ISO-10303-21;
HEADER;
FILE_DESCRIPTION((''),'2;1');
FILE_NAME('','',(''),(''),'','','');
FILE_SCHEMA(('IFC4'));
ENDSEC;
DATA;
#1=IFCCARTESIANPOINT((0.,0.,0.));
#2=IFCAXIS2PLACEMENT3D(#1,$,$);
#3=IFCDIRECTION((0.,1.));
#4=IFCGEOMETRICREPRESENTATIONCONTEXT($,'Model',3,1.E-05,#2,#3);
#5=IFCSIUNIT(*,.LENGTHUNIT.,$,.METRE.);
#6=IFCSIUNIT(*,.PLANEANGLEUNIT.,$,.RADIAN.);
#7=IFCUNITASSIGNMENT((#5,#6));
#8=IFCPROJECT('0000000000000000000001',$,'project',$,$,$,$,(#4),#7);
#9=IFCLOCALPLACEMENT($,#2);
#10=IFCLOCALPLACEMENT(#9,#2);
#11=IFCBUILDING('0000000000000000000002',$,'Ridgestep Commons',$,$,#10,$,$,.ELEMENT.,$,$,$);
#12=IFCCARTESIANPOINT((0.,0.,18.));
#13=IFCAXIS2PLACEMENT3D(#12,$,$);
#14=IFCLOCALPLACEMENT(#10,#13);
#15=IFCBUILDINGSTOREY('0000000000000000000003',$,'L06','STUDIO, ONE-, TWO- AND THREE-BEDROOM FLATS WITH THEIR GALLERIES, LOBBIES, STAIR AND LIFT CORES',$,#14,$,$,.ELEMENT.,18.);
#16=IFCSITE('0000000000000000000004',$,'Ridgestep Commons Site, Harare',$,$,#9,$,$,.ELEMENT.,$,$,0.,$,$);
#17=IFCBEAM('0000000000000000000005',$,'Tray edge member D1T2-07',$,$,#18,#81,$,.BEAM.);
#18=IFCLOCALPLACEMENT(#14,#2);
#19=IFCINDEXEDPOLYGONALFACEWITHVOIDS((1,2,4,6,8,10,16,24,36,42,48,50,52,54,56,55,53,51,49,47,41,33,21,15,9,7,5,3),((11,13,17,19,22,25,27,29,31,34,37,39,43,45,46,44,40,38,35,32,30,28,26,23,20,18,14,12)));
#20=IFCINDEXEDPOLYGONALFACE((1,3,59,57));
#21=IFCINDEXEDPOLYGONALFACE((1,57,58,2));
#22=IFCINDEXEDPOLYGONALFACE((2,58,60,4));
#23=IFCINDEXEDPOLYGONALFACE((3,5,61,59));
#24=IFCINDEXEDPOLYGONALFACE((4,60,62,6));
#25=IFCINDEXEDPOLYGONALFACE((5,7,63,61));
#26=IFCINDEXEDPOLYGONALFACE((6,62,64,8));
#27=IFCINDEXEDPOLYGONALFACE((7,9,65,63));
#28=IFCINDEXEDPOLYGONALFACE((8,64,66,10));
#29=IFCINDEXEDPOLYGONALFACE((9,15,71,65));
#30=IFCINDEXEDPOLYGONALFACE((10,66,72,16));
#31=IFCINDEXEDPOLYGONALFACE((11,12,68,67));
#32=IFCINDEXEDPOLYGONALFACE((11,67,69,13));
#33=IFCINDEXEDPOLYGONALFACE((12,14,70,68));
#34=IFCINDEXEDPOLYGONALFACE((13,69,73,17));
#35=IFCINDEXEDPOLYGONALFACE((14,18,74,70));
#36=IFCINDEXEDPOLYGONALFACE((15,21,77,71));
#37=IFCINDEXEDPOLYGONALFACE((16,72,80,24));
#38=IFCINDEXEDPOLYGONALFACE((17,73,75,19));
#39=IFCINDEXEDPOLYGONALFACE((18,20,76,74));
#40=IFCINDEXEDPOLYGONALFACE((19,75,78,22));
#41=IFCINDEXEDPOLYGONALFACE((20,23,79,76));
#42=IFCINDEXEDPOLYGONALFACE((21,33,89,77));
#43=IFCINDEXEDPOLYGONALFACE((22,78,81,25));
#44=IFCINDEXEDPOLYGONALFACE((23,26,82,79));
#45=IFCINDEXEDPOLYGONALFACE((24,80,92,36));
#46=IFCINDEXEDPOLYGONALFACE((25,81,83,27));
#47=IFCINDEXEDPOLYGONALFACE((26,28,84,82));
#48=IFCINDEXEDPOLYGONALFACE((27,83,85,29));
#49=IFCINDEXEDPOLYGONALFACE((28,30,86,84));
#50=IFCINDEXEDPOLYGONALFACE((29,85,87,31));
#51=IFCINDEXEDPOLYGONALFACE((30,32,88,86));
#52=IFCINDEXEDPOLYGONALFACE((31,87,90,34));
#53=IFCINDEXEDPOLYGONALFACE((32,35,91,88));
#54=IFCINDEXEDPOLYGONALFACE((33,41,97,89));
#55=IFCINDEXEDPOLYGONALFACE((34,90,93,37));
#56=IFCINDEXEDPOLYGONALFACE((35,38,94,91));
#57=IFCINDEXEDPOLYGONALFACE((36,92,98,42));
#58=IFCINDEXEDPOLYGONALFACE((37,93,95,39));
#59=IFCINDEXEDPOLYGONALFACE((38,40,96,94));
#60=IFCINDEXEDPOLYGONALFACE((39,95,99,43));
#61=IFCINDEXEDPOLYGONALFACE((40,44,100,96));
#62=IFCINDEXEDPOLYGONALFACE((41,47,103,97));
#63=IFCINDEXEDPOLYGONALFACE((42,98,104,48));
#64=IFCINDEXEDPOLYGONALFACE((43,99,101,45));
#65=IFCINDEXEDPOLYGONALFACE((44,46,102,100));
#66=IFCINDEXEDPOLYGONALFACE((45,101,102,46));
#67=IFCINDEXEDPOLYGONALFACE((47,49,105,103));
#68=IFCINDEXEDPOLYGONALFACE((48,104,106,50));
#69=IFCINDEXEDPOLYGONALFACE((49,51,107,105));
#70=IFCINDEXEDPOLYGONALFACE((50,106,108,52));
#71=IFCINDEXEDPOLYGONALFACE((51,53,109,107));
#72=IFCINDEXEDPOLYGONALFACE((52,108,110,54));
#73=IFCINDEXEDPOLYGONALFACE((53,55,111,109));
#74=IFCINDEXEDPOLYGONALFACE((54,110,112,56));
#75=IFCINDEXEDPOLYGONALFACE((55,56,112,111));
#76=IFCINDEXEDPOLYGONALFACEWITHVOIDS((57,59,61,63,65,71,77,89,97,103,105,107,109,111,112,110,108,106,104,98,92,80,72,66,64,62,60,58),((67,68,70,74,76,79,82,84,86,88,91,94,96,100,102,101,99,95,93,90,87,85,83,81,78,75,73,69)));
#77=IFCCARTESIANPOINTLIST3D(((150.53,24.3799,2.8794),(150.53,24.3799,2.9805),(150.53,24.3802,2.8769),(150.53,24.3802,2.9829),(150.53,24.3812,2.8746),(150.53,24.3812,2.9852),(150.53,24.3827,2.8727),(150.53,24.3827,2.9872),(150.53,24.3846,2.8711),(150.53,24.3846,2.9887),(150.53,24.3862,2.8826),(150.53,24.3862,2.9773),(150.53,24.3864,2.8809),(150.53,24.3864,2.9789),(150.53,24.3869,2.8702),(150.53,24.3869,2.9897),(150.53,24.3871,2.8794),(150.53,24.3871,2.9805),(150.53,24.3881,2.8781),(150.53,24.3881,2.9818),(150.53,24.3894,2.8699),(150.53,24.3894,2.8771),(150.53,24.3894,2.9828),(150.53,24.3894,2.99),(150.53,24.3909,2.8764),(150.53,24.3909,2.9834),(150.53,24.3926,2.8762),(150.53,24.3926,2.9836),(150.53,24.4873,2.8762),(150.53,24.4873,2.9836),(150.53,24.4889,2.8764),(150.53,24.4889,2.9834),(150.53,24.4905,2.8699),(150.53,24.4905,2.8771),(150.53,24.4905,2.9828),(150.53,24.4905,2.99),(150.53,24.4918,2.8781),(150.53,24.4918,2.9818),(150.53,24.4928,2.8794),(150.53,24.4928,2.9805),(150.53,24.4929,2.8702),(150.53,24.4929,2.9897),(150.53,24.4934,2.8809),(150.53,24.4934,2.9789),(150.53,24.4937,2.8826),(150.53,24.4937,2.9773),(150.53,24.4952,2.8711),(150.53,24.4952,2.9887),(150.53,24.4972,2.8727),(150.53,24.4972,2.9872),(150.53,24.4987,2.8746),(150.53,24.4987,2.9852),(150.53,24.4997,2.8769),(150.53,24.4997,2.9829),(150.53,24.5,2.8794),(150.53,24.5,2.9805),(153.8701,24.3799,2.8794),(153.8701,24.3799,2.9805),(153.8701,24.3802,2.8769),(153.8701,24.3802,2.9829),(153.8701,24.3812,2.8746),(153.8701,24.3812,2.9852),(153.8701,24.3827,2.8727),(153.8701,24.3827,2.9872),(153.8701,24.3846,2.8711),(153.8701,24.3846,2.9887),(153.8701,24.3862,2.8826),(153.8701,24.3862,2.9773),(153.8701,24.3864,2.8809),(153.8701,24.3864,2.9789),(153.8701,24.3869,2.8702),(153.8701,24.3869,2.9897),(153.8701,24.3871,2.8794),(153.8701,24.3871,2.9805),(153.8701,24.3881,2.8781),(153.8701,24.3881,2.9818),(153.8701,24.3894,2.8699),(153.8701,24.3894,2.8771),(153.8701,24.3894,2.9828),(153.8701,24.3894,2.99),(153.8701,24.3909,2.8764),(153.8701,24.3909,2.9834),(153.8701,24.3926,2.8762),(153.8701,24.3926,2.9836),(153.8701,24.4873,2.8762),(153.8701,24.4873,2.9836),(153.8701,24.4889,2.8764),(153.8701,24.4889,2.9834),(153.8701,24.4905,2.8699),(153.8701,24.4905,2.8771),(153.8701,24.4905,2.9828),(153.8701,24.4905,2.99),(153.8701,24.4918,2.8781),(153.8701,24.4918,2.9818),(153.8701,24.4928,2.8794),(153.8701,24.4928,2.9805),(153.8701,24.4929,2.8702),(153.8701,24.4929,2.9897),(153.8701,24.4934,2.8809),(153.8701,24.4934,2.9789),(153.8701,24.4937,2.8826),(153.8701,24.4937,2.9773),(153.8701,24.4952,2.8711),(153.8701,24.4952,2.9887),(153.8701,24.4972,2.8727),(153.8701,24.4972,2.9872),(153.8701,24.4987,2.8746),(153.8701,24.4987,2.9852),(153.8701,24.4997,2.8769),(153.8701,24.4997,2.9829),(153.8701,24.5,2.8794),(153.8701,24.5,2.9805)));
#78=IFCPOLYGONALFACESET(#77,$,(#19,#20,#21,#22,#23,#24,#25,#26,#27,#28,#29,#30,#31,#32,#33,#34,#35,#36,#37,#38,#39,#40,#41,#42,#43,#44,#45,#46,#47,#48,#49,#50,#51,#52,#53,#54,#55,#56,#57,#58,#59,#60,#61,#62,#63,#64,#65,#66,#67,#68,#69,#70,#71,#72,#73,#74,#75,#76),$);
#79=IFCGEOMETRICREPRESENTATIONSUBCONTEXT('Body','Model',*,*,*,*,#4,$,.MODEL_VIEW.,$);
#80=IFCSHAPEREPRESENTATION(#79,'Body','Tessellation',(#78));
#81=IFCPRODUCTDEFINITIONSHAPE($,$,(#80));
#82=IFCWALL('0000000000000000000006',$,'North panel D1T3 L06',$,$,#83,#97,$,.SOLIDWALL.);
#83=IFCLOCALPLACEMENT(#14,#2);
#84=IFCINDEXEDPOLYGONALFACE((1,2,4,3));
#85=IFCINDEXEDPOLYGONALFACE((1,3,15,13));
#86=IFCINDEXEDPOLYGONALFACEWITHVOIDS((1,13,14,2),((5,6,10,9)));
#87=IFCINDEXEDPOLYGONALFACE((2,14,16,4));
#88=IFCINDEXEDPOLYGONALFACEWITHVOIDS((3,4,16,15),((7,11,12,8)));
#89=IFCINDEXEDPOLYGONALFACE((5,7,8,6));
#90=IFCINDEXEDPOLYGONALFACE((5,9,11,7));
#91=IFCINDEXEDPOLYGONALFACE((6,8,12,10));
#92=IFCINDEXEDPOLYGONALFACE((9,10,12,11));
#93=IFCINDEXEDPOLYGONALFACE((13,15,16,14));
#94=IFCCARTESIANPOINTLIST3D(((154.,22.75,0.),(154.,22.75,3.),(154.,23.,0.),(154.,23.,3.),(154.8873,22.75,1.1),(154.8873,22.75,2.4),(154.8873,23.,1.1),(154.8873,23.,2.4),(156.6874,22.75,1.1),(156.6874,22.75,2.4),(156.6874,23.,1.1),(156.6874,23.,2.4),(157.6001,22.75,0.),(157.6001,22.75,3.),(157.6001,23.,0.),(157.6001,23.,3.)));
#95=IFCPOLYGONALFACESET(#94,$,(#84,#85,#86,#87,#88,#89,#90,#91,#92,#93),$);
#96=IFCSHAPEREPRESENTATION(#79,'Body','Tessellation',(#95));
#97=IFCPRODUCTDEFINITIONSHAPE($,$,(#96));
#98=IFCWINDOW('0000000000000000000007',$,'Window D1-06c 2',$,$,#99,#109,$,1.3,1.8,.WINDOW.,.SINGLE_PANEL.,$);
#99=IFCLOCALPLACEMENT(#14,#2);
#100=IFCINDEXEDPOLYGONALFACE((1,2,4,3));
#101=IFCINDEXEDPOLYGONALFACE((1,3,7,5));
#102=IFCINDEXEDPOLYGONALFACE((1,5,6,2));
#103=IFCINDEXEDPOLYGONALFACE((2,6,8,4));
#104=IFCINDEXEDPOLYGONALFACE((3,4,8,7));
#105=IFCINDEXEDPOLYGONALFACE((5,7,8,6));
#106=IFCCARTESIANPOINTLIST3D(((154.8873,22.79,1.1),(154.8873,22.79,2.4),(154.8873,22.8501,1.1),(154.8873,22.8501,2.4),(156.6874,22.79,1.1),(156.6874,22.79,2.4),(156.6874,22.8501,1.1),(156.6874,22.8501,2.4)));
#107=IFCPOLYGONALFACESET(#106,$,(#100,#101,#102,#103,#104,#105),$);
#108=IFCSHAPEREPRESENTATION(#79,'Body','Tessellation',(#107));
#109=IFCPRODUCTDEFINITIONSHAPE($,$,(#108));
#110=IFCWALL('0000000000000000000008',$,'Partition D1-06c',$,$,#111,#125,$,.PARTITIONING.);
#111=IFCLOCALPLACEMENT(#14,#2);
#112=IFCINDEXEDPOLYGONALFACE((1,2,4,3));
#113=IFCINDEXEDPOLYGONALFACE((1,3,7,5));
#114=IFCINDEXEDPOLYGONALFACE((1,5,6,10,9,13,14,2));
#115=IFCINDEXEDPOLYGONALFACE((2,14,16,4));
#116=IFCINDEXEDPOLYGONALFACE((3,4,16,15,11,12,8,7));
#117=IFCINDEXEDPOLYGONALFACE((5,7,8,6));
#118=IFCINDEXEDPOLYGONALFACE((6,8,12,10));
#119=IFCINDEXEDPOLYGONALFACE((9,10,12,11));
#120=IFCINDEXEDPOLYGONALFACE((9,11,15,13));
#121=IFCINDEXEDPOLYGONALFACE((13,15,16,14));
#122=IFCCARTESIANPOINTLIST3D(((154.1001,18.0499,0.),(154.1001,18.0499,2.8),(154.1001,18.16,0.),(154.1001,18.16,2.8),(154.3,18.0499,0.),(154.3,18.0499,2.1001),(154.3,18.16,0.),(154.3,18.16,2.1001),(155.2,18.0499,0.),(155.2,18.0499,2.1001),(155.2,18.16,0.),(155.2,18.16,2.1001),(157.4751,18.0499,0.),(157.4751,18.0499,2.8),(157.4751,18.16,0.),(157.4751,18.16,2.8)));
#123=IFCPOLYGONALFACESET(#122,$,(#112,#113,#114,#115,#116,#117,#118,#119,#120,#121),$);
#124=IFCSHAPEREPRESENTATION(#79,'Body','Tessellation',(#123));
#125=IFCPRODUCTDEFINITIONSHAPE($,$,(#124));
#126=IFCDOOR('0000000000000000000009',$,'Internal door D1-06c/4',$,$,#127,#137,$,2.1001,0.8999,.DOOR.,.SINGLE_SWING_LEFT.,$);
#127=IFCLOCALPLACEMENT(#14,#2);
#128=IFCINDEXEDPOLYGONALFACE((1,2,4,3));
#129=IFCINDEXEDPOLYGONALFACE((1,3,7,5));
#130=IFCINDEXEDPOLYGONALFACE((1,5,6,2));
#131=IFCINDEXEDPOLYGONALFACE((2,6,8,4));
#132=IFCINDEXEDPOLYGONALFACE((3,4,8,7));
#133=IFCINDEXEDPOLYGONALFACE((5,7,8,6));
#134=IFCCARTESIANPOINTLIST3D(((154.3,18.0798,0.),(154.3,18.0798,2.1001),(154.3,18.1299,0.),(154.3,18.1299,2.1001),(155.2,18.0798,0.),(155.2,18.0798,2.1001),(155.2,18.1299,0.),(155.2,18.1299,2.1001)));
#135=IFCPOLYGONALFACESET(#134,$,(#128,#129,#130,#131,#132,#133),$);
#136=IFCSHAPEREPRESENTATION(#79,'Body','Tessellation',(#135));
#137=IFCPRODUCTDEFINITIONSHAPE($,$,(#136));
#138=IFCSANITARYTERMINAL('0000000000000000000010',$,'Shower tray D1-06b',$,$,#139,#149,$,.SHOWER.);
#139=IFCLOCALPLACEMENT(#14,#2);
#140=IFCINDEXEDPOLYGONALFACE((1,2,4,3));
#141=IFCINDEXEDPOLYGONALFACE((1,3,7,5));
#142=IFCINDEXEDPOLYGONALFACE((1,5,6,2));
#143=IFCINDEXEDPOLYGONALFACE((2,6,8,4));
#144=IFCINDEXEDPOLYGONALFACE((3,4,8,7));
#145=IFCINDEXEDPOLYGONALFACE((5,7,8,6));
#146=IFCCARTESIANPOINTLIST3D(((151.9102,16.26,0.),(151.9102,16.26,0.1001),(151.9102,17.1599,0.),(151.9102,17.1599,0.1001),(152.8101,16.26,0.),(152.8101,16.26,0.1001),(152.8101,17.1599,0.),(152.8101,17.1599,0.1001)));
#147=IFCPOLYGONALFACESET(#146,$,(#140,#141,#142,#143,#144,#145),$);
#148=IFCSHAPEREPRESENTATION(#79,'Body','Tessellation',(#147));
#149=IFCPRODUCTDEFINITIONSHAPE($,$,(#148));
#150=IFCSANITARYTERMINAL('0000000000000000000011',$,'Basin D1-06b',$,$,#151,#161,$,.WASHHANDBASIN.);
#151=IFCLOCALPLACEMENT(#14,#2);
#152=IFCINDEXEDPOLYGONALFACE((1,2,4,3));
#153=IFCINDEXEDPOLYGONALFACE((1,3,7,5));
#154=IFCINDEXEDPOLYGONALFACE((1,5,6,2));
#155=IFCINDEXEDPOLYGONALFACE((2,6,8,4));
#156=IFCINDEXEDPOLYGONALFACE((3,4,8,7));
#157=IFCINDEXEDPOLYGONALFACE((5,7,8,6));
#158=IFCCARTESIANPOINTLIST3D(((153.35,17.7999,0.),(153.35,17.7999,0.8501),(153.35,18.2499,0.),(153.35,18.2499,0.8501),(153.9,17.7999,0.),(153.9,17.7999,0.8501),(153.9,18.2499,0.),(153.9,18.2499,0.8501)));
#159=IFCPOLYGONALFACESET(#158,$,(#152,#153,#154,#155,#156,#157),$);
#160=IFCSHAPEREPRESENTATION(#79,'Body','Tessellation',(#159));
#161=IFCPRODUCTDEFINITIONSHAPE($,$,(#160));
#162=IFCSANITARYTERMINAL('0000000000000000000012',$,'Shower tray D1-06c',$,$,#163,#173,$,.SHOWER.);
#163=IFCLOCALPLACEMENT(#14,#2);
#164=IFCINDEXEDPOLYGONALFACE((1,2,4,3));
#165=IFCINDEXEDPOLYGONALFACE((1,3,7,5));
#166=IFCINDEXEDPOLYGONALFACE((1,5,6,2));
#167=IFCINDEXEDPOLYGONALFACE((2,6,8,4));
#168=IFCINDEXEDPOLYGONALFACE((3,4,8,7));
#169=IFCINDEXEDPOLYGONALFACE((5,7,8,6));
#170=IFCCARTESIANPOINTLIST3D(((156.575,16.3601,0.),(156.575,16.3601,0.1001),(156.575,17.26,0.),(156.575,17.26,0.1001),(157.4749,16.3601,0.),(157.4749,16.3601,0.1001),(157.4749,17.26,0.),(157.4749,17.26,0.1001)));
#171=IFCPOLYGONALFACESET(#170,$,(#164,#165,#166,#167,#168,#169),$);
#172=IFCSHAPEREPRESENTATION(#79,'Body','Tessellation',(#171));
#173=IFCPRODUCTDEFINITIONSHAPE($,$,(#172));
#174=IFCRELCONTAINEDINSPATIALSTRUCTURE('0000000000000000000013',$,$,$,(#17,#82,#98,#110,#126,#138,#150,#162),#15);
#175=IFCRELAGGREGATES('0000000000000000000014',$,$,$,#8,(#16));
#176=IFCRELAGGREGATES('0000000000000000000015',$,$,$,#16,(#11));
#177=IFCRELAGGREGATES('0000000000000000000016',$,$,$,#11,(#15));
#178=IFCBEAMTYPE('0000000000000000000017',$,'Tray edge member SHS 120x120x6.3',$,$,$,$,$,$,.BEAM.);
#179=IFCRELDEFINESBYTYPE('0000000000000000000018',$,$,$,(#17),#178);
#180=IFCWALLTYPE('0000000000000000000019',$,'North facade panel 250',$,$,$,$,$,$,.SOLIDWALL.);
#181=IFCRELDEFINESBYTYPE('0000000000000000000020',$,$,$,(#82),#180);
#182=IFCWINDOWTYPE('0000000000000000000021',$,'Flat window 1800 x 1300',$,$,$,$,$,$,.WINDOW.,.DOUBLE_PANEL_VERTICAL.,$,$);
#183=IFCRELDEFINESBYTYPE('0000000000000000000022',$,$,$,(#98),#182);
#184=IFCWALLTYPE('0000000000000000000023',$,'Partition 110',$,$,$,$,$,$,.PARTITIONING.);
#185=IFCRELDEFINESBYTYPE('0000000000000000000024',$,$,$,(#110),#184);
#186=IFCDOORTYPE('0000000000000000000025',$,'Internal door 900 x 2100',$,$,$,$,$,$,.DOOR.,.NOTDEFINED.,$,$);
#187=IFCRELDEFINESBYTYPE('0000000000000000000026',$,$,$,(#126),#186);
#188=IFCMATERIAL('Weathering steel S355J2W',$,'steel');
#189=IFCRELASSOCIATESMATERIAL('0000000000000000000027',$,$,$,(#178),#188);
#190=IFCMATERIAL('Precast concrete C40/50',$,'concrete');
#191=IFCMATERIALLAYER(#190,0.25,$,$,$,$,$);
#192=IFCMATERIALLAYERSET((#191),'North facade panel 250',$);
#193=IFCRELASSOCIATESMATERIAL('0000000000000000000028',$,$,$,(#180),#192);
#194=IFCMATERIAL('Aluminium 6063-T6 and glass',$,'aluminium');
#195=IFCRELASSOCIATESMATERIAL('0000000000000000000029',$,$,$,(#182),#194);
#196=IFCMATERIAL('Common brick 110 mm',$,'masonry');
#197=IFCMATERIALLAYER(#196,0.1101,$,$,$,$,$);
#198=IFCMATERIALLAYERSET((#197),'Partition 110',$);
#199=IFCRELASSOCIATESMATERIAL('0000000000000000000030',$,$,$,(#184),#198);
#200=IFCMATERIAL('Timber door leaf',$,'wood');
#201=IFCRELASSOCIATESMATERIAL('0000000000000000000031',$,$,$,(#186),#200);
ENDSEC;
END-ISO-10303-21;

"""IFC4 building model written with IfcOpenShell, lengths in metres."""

from ifc_helpers import new_model, si_unit, direction, frame, frame_2d, origin, origin_2d, place, context, subcontext, project, spatial, rectangle, hollow_rectangle, extrude, material, layer, layer_set, material_profile, profile_set, type_object, element, fill, save


model = new_model("IFC4")

# Units and contexts
model_context = context("Model", 3, precision=1e-05, world=origin(), true_north=direction((0.0, 1.0)))
body_context = subcontext(model_context, "Body", "Model", "MODEL_VIEW")
ifc_project = project(units=[si_unit("LENGTHUNIT", "METRE"), si_unit("PLANEANGLEUNIT", "RADIAN")], contexts=[model_context])

# Site, building, storey
site_placement = place(None, origin())
site = spatial("IfcSite", under=ifc_project, at=site_placement, Name="Ridgestep Commons Site, Harare", CompositionType="ELEMENT", RefElevation=0.0)
building_placement = place(site_placement, origin())
building = spatial("IfcBuilding", under=site, at=building_placement, Name="Ridgestep Commons", CompositionType="ELEMENT")
storey_placement = place(building_placement, frame((0.0, 0.0, 18.0)))
storey = spatial("IfcBuildingStorey", under=building, at=storey_placement, Name="L06", Description="STUDIO, ONE-, TWO- AND THREE-BEDROOM FLATS WITH THEIR GALLERIES, LOBBIES, STAIR AND LIFT CORES", CompositionType="ELEMENT", Elevation=18.0)

# Beam
ifc_material_1 = material(Name="Weathering steel S355J2W", Category="steel")
ifc_material_profile_1 = material_profile(ifc_material_1, hollow_rectangle(XDim=0.1201, YDim=0.1201, WallThickness=0.0063, InnerFilletRadius=0.0063, OuterFilletRadius=0.0095, at=origin_2d()), Name="SHS 120x120x6.3")
ifc_profile_set_1 = profile_set([ifc_material_profile_1], Name="Weathering steel S355J2W")
beam_type_1 = type_object("IfcBeamType", Name="Tray edge member SHS 120x120x6.3", PredefinedType="BEAM", material=ifc_profile_set_1)
beam_placement = place(storey_placement, frame((150.53, 24.4399, 2.9299), z_axis=(1.0, 0.0, 0.0), x_axis=(0.0, 0.0, 1.0)))
element("IfcBeam", 1, at=beam_placement, inside=storey, type_object=beam_type_1, Name="Tray edge member D1T2-07", PredefinedType="BEAM", context=body_context, shape_type="SweptSolid", body=[
    extrude(hollow_rectangle(XDim=0.1201, YDim=0.1201, WallThickness=0.0063, InnerFilletRadius=0.0063, OuterFilletRadius=0.0095, at=origin_2d()), origin(), (0.0, 0.0, 1.0), 3.3401),
])

# Wall, opening, window
ifc_material_2 = material(Name="Precast concrete C40/50", Category="concrete")
ifc_layer_1 = layer(ifc_material_2, 0.25)
ifc_layer_set_1 = layer_set([ifc_layer_1], Name="North facade panel 250")
wall_type_1 = type_object("IfcWallType", Name="North facade panel 250", PredefinedType="SOLIDWALL", material=ifc_layer_set_1)
wall_1_placement = place(storey_placement, frame((154.0, 22.875, 0.0), z_axis=(0.0, 0.0, 1.0), x_axis=(1.0, 0.0, 0.0)))
wall_1 = element("IfcWall", 2, at=wall_1_placement, inside=storey, type_object=wall_type_1, Name="North panel D1T3 L06", PredefinedType="SOLIDWALL", context=body_context, shape_type="SweptSolid", body=[
    extrude(rectangle(XDim=3.6001, YDim=0.25, at=frame_2d((1.8, 0.0))), origin(), (0.0, 0.0, 1.0), 3.0),
])
opening_1_placement = place(wall_1_placement, frame((0.8875, 0.0, 1.1001)))
opening_1 = element("IfcOpeningElement", 3, at=opening_1_placement, cuts=wall_1, PredefinedType="OPENING", context=body_context, shape_type="SweptSolid", body=[
    extrude(rectangle(XDim=1.8, YDim=1.3, at=frame_2d((0.8999, 0.6499))), frame((0.0, 0.135, 0.0), z_axis=(0.0, -1.0, 0.0), x_axis=(1.0, 0.0, 0.0)), (0.0, 0.0, 1.0), 0.27),
])
ifc_material_3 = material(Name="Aluminium 6063-T6 and glass", Category="aluminium")
window_type = type_object("IfcWindowType", Name="Flat window 1800 x 1300", PartitioningType="DOUBLE_PANEL_VERTICAL", PredefinedType="WINDOW", material=ifc_material_3)
window_placement = place(opening_1_placement, origin())
window = element("IfcWindow", 4, at=window_placement, inside=storey, type_object=window_type, Name="Window D1-06c 2", OverallHeight=1.3, OverallWidth=1.8, PartitioningType="SINGLE_PANEL", PredefinedType="WINDOW", context=body_context, shape_type="SweptSolid", body=[
    extrude(rectangle(XDim=1.8, YDim=1.3, at=frame_2d((0.8999, 0.6499))), frame((0.0, -0.0249, 0.0), z_axis=(0.0, -1.0, 0.0), x_axis=(1.0, 0.0, 0.0)), (0.0, 0.0, 1.0), 0.0601),
])
fill(opening_1, window)

# Wall, opening, door
ifc_material_4 = material(Name="Common brick 110 mm", Category="masonry")
ifc_layer_2 = layer(ifc_material_4, 0.1101)
ifc_layer_set_2 = layer_set([ifc_layer_2], Name="Partition 110")
wall_type_2 = type_object("IfcWallType", Name="Partition 110", PredefinedType="PARTITIONING", material=ifc_layer_set_2)
wall_2_placement = place(storey_placement, frame((154.1001, 18.105, 0.0), z_axis=(0.0, 0.0, 1.0), x_axis=(1.0, 0.0, 0.0)))
wall_2 = element("IfcWall", 5, at=wall_2_placement, inside=storey, type_object=wall_type_2, Name="Partition D1-06c", PredefinedType="PARTITIONING", context=body_context, shape_type="SweptSolid", body=[
    extrude(rectangle(XDim=3.375, YDim=0.1101, at=frame_2d((1.6875, 0.0))), origin(), (0.0, 0.0, 1.0), 2.8),
])
opening_2_placement = place(wall_2_placement, frame((0.2, 0.0, 0.0)))
opening_2 = element("IfcOpeningElement", 6, at=opening_2_placement, cuts=wall_2, PredefinedType="OPENING", context=body_context, shape_type="SweptSolid", body=[
    extrude(rectangle(XDim=0.8999, YDim=2.1001, at=frame_2d((0.45, 1.05))), frame((0.0, 0.0649, 0.0), z_axis=(0.0, -1.0, 0.0), x_axis=(1.0, 0.0, 0.0)), (0.0, 0.0, 1.0), 0.1301),
])
ifc_material_5 = material(Name="Timber door leaf", Category="wood")
door_type = type_object("IfcDoorType", Name="Internal door 900 x 2100", OperationType="NOTDEFINED", PredefinedType="DOOR", material=ifc_material_5)
door_placement = place(opening_2_placement, origin())
door = element("IfcDoor", 7, at=door_placement, inside=storey, type_object=door_type, Name="Internal door D1-06c/4", OperationType="SINGLE_SWING_LEFT", OverallHeight=2.1001, OverallWidth=0.8999, PredefinedType="DOOR", context=body_context, shape_type="SweptSolid", body=[
    extrude(rectangle(XDim=0.8999, YDim=2.1001, at=frame_2d((0.45, 1.05))), frame((0.0, 0.0249, 0.0), z_axis=(0.0, -1.0, 0.0), x_axis=(1.0, 0.0, 0.0)), (0.0, 0.0, 1.0), 0.05),
])
fill(opening_2, door)

# Sanitary terminals
sanitary_terminal_1_placement = place(storey_placement, frame((152.3601, 16.71, 0.0), z_axis=(0.0, 0.0, 1.0), x_axis=(1.0, 0.0, 0.0)))
element("IfcSanitaryTerminal", 8, at=sanitary_terminal_1_placement, inside=storey, Name="Shower tray D1-06b", PredefinedType="SHOWER", context=body_context, shape_type="SweptSolid", body=[
    extrude(rectangle(XDim=0.8999, YDim=0.8999, at=origin_2d()), origin(), (0.0, 0.0, 1.0), 0.1001),
])
sanitary_terminal_2_placement = place(storey_placement, frame((153.625, 18.0249, 0.0), z_axis=(0.0, 0.0, 1.0), x_axis=(1.0, 0.0, 0.0)))
element("IfcSanitaryTerminal", 9, at=sanitary_terminal_2_placement, inside=storey, Name="Basin D1-06b", PredefinedType="WASHHANDBASIN", context=body_context, shape_type="SweptSolid", body=[
    extrude(rectangle(XDim=0.55, YDim=0.45, at=origin_2d()), origin(), (0.0, 0.0, 1.0), 0.8501),
])
sanitary_terminal_3_placement = place(storey_placement, frame((157.0249, 16.8101, 0.0), z_axis=(0.0, 0.0, 1.0), x_axis=(1.0, 0.0, 0.0)))
element("IfcSanitaryTerminal", 10, at=sanitary_terminal_3_placement, inside=storey, Name="Shower tray D1-06c", PredefinedType="SHOWER", context=body_context, shape_type="SweptSolid", body=[
    extrude(rectangle(XDim=0.8999, YDim=0.8999, at=origin_2d()), origin(), (0.0, 0.0, 1.0), 0.1001),
])

save(model, "model.ifc")
